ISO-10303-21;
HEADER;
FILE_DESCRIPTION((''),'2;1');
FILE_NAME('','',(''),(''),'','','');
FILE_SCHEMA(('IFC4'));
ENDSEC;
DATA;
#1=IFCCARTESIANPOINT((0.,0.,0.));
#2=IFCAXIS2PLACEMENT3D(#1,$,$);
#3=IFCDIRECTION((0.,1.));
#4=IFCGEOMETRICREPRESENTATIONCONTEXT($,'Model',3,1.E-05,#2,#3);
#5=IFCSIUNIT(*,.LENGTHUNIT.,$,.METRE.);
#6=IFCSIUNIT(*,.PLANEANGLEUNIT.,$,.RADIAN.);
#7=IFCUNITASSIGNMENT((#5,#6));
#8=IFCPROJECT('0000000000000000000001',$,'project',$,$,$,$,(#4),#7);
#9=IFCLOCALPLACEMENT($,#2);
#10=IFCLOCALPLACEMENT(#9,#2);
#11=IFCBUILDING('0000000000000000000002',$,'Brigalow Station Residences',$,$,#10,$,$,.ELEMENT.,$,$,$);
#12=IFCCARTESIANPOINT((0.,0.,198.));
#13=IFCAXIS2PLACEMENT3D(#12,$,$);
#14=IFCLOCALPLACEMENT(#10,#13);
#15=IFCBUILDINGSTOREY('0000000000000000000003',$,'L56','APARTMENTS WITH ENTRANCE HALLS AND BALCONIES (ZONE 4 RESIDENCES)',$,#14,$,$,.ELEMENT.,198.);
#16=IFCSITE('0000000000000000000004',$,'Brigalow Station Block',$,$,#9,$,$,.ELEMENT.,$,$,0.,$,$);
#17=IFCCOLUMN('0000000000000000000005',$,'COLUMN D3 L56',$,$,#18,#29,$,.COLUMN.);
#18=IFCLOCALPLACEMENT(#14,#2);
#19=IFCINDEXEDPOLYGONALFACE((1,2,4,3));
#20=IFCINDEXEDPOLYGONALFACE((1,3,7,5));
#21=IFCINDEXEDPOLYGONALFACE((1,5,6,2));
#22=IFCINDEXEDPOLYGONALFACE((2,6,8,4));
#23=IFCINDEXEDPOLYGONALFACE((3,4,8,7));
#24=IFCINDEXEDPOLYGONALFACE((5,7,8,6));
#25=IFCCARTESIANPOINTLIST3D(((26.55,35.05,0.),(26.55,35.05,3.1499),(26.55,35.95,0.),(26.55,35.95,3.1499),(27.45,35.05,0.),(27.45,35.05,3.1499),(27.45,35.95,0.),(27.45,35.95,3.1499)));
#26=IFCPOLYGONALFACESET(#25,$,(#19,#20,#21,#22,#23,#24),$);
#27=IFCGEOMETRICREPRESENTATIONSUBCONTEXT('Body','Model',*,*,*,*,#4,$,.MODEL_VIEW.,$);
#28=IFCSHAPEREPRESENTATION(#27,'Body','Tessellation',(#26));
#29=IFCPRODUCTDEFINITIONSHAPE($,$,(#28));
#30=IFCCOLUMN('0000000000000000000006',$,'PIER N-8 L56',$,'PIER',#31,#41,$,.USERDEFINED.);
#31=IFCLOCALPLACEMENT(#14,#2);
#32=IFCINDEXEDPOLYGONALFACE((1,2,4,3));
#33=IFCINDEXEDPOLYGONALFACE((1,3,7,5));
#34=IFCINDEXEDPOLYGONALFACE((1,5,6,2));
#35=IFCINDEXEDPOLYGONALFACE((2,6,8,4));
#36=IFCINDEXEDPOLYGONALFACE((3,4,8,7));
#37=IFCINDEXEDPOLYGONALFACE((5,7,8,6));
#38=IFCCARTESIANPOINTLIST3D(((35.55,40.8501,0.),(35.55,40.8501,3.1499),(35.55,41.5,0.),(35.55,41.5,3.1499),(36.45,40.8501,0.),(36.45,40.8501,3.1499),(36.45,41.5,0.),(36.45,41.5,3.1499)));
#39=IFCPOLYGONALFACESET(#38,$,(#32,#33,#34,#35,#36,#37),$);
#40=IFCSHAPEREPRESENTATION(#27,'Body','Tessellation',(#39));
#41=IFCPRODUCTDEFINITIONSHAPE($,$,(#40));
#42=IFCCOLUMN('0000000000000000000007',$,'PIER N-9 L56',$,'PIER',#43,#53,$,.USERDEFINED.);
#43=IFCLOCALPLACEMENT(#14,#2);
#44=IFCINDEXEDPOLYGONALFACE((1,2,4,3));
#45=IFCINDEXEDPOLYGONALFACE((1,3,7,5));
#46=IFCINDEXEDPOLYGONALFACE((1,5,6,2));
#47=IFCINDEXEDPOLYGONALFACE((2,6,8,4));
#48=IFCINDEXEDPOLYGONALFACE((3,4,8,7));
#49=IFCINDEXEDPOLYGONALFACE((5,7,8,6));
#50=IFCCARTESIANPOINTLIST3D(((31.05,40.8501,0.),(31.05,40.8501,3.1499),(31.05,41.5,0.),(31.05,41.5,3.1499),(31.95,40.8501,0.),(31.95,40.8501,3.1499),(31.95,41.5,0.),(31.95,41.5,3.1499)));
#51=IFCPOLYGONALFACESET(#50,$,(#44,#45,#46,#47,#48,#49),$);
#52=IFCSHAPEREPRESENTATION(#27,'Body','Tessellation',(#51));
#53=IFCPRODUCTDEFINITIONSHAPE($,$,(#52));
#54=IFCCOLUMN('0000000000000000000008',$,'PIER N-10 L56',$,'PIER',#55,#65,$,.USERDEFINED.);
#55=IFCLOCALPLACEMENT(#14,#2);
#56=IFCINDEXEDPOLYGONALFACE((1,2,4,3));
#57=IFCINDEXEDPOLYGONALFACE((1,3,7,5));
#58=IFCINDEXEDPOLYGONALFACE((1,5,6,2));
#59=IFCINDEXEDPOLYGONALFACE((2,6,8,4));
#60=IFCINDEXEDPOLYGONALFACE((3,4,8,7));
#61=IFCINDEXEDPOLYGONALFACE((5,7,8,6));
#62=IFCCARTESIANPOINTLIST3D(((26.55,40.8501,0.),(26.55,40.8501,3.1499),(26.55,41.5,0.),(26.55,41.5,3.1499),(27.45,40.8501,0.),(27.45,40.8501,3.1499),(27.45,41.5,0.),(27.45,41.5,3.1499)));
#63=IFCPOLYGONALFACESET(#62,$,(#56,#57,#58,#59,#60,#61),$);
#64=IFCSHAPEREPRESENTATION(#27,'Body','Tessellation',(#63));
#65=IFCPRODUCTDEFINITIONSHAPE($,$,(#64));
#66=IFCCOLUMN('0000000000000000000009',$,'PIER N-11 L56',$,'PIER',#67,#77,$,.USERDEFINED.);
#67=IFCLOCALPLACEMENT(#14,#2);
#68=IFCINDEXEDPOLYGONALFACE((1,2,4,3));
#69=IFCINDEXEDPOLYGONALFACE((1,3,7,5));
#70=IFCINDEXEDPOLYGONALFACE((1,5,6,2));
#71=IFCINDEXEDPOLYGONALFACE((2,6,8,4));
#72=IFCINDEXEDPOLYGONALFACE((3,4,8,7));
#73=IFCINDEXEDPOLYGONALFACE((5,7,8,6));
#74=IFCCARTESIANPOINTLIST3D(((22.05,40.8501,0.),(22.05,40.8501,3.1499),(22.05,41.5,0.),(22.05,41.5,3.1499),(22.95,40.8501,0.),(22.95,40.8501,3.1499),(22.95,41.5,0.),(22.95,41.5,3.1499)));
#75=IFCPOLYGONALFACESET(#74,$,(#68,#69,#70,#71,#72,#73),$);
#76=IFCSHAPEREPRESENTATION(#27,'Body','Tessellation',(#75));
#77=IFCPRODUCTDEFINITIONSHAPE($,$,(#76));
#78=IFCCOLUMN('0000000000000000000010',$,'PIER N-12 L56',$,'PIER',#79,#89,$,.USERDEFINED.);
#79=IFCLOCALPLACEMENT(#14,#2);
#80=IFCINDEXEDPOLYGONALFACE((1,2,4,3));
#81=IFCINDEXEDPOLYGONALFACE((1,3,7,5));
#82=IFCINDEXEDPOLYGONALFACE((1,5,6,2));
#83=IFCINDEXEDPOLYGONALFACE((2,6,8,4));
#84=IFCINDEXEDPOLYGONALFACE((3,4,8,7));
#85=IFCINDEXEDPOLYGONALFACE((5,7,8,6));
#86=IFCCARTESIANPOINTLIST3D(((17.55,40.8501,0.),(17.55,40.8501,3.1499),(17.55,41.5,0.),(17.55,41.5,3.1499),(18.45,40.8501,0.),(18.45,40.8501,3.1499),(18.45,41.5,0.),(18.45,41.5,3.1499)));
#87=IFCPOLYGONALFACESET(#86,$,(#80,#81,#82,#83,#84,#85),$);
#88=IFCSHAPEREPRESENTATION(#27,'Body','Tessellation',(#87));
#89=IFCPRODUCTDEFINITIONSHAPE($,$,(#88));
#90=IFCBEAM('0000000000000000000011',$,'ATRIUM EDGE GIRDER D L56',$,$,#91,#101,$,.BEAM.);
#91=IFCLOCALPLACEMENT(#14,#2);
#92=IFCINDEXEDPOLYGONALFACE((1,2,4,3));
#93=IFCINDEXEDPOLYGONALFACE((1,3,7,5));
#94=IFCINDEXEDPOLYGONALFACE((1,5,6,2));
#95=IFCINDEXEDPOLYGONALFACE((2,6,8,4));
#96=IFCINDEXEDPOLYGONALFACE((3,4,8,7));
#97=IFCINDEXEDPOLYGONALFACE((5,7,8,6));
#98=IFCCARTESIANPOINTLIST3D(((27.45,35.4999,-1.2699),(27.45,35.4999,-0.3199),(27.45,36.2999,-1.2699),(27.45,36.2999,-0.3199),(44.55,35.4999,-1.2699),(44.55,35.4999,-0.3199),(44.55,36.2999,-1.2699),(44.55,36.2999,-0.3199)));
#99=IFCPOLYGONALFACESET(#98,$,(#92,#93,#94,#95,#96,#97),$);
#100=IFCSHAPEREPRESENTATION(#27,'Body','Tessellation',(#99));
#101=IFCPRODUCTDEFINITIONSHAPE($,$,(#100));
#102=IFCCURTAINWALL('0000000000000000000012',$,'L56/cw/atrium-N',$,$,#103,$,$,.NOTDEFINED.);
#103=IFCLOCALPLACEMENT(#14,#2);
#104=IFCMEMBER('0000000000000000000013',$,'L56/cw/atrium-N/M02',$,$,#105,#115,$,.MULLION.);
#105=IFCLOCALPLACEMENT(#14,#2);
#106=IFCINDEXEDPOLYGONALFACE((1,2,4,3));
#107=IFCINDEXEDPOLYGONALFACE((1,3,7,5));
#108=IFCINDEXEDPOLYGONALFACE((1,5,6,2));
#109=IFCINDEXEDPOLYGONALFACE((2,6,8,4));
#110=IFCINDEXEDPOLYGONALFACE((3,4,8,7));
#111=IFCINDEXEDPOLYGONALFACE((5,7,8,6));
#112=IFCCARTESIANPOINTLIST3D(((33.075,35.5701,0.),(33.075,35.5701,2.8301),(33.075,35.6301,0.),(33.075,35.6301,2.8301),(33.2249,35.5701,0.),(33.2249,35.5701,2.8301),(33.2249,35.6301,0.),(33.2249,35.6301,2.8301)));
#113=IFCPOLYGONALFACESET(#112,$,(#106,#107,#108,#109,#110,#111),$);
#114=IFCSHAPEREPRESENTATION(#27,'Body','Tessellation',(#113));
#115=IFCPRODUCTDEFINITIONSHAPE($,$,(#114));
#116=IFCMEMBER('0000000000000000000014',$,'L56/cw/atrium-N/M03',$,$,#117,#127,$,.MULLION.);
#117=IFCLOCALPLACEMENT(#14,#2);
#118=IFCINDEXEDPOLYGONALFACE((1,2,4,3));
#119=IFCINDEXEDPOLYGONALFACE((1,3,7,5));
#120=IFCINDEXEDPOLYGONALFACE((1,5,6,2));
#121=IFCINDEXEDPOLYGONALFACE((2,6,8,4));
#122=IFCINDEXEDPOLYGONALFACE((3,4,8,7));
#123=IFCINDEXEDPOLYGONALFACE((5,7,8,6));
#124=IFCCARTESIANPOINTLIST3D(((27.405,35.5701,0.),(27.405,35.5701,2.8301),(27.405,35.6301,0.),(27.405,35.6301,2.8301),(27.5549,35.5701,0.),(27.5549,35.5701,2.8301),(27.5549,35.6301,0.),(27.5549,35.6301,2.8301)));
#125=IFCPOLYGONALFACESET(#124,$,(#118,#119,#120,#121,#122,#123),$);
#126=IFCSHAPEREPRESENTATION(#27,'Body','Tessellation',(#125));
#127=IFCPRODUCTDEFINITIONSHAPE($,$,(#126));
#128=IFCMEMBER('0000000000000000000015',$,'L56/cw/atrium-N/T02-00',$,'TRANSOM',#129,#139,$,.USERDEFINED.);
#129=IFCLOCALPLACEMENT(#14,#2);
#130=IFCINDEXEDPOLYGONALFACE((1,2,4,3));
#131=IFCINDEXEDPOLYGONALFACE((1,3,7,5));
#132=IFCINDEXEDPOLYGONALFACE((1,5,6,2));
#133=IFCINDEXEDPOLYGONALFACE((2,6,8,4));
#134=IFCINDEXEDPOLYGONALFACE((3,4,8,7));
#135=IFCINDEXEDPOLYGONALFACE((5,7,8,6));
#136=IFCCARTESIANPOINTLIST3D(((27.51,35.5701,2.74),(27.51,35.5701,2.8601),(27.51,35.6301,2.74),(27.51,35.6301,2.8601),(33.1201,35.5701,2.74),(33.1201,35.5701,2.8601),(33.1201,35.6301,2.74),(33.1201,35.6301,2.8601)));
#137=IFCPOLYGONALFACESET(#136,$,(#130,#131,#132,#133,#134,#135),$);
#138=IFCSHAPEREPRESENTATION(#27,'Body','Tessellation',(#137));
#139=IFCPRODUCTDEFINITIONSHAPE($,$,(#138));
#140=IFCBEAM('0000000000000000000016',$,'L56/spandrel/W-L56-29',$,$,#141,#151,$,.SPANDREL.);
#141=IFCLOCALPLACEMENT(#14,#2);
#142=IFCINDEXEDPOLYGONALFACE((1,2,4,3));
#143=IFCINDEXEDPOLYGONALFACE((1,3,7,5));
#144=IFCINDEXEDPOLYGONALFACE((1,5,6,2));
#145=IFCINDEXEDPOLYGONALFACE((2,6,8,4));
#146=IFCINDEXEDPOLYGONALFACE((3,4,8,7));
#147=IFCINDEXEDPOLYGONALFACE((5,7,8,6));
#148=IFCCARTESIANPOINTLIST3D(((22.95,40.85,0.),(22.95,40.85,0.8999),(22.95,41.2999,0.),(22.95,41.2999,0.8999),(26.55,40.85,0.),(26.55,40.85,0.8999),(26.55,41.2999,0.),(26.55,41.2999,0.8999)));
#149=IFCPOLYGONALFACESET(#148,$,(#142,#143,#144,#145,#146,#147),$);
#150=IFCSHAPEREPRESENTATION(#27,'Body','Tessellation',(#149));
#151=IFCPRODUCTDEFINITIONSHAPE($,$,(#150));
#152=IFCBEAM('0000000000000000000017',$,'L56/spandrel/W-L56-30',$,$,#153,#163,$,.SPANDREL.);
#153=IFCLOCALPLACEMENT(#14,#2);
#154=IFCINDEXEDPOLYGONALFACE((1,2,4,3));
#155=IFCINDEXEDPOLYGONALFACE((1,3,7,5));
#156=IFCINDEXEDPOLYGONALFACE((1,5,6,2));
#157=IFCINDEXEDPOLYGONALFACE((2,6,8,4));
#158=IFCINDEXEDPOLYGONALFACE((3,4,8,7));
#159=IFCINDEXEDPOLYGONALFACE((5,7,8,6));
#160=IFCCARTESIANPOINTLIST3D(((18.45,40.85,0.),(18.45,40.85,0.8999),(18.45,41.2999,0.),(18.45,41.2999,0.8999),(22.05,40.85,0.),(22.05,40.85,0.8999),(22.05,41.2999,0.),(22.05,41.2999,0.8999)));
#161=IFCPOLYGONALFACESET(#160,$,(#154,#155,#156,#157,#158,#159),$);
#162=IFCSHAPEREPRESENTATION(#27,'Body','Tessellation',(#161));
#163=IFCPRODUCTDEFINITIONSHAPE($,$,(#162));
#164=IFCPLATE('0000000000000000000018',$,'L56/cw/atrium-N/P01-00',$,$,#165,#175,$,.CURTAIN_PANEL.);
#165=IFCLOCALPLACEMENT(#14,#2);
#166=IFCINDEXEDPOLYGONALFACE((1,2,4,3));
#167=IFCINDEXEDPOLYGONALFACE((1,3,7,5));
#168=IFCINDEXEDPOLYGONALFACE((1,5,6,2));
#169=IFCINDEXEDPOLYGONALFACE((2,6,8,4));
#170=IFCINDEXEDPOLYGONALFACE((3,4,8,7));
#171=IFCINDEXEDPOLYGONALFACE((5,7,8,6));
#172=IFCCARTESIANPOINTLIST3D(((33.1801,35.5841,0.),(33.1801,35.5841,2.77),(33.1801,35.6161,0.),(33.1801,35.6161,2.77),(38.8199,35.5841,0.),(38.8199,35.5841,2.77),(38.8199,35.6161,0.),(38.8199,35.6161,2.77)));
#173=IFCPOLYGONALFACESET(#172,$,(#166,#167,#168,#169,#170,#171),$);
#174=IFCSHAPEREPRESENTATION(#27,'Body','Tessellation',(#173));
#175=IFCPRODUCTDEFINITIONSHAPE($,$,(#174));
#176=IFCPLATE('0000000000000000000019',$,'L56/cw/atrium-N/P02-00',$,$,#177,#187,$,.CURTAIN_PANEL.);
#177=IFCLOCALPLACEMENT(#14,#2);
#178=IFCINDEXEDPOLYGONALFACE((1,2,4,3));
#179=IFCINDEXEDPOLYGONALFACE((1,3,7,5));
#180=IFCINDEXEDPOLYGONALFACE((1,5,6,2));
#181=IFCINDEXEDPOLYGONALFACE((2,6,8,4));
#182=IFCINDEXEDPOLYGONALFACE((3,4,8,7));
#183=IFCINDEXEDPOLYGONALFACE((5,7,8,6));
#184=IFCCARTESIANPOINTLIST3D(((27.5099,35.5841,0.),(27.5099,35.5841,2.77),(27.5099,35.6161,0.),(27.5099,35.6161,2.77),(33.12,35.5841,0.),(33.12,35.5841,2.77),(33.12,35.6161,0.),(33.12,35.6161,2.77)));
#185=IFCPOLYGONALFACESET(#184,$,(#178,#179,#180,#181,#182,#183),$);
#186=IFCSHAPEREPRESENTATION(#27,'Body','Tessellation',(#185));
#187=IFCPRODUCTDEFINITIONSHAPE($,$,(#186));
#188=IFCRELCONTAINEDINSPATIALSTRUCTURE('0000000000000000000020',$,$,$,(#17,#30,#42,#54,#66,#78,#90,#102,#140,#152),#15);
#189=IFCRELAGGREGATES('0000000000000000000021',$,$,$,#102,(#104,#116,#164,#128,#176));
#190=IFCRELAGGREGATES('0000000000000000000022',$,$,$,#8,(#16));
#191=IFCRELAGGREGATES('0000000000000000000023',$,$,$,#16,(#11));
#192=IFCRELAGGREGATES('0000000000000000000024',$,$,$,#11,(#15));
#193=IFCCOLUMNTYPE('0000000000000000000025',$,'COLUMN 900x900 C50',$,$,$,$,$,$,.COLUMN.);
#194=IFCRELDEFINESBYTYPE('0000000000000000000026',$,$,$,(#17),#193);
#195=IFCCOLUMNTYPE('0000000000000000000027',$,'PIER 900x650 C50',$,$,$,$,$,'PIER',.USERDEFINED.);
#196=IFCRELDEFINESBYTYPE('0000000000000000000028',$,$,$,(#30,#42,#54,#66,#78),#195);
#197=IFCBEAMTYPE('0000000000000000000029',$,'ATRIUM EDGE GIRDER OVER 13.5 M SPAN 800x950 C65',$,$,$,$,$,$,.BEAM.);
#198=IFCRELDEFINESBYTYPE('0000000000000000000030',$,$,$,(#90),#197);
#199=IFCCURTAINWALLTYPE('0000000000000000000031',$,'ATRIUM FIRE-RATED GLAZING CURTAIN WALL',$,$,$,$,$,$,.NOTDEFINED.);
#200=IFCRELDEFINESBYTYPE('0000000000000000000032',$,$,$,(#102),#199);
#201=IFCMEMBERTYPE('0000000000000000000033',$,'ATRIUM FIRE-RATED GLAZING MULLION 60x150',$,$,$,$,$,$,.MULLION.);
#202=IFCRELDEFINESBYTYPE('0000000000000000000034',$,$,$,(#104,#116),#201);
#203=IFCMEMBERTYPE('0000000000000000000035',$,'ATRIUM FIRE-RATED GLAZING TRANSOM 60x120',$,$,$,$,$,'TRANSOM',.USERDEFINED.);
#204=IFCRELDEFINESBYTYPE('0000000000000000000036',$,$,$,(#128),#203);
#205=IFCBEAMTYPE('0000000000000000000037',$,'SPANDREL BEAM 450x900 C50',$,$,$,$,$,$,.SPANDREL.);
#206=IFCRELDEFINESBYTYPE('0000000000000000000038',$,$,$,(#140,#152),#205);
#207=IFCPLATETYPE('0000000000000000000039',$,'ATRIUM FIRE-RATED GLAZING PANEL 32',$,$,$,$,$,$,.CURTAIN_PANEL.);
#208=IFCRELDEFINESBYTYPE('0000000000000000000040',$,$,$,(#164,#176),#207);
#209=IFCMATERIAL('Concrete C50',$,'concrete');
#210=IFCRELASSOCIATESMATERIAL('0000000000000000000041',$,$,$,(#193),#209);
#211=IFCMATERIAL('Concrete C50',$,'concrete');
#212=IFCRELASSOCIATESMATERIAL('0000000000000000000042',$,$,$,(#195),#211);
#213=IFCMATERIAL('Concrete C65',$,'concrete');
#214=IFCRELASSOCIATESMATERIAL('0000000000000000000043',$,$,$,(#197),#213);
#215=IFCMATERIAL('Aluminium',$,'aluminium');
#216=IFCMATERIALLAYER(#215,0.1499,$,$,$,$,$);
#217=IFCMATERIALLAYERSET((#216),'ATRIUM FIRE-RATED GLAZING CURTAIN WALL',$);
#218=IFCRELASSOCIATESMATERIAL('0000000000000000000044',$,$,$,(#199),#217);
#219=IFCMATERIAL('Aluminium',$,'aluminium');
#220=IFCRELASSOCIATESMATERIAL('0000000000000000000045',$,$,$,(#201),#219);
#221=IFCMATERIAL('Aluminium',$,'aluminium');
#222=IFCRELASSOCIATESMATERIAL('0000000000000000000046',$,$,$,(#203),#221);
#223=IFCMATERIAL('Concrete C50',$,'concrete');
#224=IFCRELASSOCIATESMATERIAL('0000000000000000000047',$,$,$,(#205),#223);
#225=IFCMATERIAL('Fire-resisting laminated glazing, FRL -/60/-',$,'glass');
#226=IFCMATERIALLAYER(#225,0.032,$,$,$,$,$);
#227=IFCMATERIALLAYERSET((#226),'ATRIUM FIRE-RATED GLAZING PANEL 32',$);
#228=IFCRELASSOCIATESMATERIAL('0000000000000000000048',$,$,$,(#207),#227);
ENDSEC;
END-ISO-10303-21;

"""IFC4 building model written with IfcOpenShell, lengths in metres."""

from ifc_helpers import new_model, si_unit, direction, frame, origin, origin_2d, place, context, subcontext, project, spatial, rectangle, extrude, material, layer, layer_set, material_profile, profile_set, type_object, element, aggregate, save


model = new_model("IFC4")

# Units and contexts
model_context = context("Model", 3, precision=1e-05, world=origin(), true_north=direction((0.0, 1.0)))
body_context = subcontext(model_context, "Body", "Model", "MODEL_VIEW")
ifc_project = project(units=[si_unit("LENGTHUNIT", "METRE"), si_unit("PLANEANGLEUNIT", "RADIAN")], contexts=[model_context])

# Site, building, storey
site_placement = place(None, origin())
site = spatial("IfcSite", under=ifc_project, at=site_placement, Name="Brigalow Station Block", CompositionType="ELEMENT", RefElevation=0.0)
building_placement = place(site_placement, origin())
building = spatial("IfcBuilding", under=site, at=building_placement, Name="Brigalow Station Residences", CompositionType="ELEMENT")
storey_placement = place(building_placement, frame((0.0, 0.0, 198.0)))
storey = spatial("IfcBuildingStorey", under=building, at=storey_placement, Name="L56", Description="APARTMENTS WITH ENTRANCE HALLS AND BALCONIES (ZONE 4 RESIDENCES)", CompositionType="ELEMENT", Elevation=198.0)

# Columns
ifc_material_1 = material(Name="Concrete C50", Category="concrete")
ifc_material_profile_1 = material_profile(ifc_material_1, rectangle(XDim=0.8999, YDim=0.8999, at=origin_2d()), Name="RC900x900")
ifc_profile_set_1 = profile_set([ifc_material_profile_1], Name="Concrete C50")
column_type_1 = type_object("IfcColumnType", Name="COLUMN 900x900 C50", PredefinedType="COLUMN", material=ifc_profile_set_1)
column_placement = place(storey_placement, frame((27.0, 35.5, 0.0), z_axis=(0.0, 0.0, 1.0), x_axis=(1.0, 0.0, 0.0)))
element("IfcColumn", 1, at=column_placement, inside=storey, type_object=column_type_1, Name="COLUMN D3 L56", PredefinedType="COLUMN", context=body_context, shape_type="SweptSolid", body=[
    extrude(rectangle(XDim=0.8999, YDim=0.8999, at=origin_2d()), origin(), (0.0, 0.0, 1.0), 3.1499),
])
ifc_material_2 = material(Name="Concrete C50", Category="concrete")
ifc_material_profile_2 = material_profile(ifc_material_2, rectangle(XDim=0.8999, YDim=0.6499, at=origin_2d()), Name="RC900x650")
ifc_profile_set_2 = profile_set([ifc_material_profile_2], Name="Concrete C50")
column_type_2 = type_object("IfcColumnType", Name="PIER 900x650 C50", ElementType="PIER", PredefinedType="USERDEFINED", material=ifc_profile_set_2)
for number, where, z_axis, x_axis, name in (
    (2, (36.0, 41.175, 0.0), (0.0, 0.0, 1.0), (-1.0, 0.0, 0.0), "PIER N-8 L56"),
    (3, (31.5, 41.175, 0.0), (0.0, 0.0, 1.0), (-1.0, 0.0, 0.0), "PIER N-9 L56"),
    (4, (27.0, 41.175, 0.0), (0.0, 0.0, 1.0), (-1.0, 0.0, 0.0), "PIER N-10 L56"),
    (5, (22.5, 41.175, 0.0), (0.0, 0.0, 1.0), (-1.0, 0.0, 0.0), "PIER N-11 L56"),
    (6, (18.0, 41.175, 0.0), (0.0, 0.0, 1.0), (-1.0, 0.0, 0.0), "PIER N-12 L56"),
):
    element("IfcColumn", number, at=place(storey_placement, frame(where, z_axis=z_axis, x_axis=x_axis)), inside=storey, type_object=column_type_2, Name=name, ObjectType="PIER", PredefinedType="USERDEFINED", context=body_context, shape_type="SweptSolid", body=[
        extrude(rectangle(XDim=0.8999, YDim=0.6499, at=origin_2d()), origin(), (0.0, 0.0, 1.0), 3.1499),
    ])

# Beam
ifc_material_3 = material(Name="Concrete C65", Category="concrete")
ifc_material_profile_3 = material_profile(ifc_material_3, rectangle(XDim=0.8, YDim=0.95, at=origin_2d()), Name="RC800x950")
ifc_profile_set_3 = profile_set([ifc_material_profile_3], Name="Concrete C65")
beam_type_1 = type_object("IfcBeamType", Name="ATRIUM EDGE GIRDER OVER 13.5 M SPAN 800x950 C65", PredefinedType="BEAM", material=ifc_profile_set_3)
beam_placement = place(storey_placement, frame((27.45, 35.8999, -0.7949), z_axis=(1.0, 0.0, 0.0), x_axis=(0.0, 1.0, 0.0)))
element("IfcBeam", 7, at=beam_placement, inside=storey, type_object=beam_type_1, Name="ATRIUM EDGE GIRDER D L56", PredefinedType="BEAM", context=body_context, shape_type="SweptSolid", body=[
    extrude(rectangle(XDim=0.8, YDim=0.95, at=origin_2d()), origin(), (0.0, 0.0, 1.0), 17.1001),
])

# Curtain wall, members
ifc_material_4 = material(Name="Aluminium", Category="aluminium")
ifc_layer_1 = layer(ifc_material_4, 0.1499)
ifc_layer_set_1 = layer_set([ifc_layer_1], Name="ATRIUM FIRE-RATED GLAZING CURTAIN WALL")
curtain_wall_type = type_object("IfcCurtainWallType", Name="ATRIUM FIRE-RATED GLAZING CURTAIN WALL", PredefinedType="NOTDEFINED", material=ifc_layer_set_1)
curtain_wall_placement = place(storey_placement, origin())
curtain_wall = element("IfcCurtainWall", 8, at=curtain_wall_placement, inside=storey, type_object=curtain_wall_type, Name="L56/cw/atrium-N", PredefinedType="NOTDEFINED")
ifc_material_5 = material(Name="Aluminium", Category="aluminium")
ifc_material_profile_4 = material_profile(ifc_material_5, rectangle(XDim=0.0601, YDim=0.1499, at=origin_2d()), Name="ATRIUM FIRE-RATED GLAZING MULLION 60x150")
ifc_profile_set_4 = profile_set([ifc_material_profile_4], Name="Aluminium")
member_type_1 = type_object("IfcMemberType", Name="ATRIUM FIRE-RATED GLAZING MULLION 60x150", PredefinedType="MULLION", material=ifc_profile_set_4)
member_1_placement = place(storey_placement, frame((33.1499, 35.6001, 0.0), z_axis=(0.0, 0.0, 1.0), x_axis=(0.0, -1.0, 0.0)))
member_1 = element("IfcMember", 9, at=member_1_placement, type_object=member_type_1, Name="L56/cw/atrium-N/M02", PredefinedType="MULLION", context=body_context, shape_type="SweptSolid", body=[
    extrude(rectangle(XDim=0.0601, YDim=0.1499, at=origin_2d()), origin(), (0.0, 0.0, 1.0), 2.8301),
])
member_2_placement = place(storey_placement, frame((27.48, 35.6001, 0.0), z_axis=(0.0, 0.0, 1.0), x_axis=(0.0, -1.0, 0.0)))
member_2 = element("IfcMember", 10, at=member_2_placement, type_object=member_type_1, Name="L56/cw/atrium-N/M03", PredefinedType="MULLION", context=body_context, shape_type="SweptSolid", body=[
    extrude(rectangle(XDim=0.0601, YDim=0.1499, at=origin_2d()), origin(), (0.0, 0.0, 1.0), 2.8301),
])
ifc_material_6 = material(Name="Aluminium", Category="aluminium")
ifc_material_profile_5 = material_profile(ifc_material_6, rectangle(XDim=0.0601, YDim=0.1201, at=origin_2d()), Name="ATRIUM FIRE-RATED GLAZING TRANSOM 60x120")
ifc_profile_set_5 = profile_set([ifc_material_profile_5], Name="Aluminium")
member_type_2 = type_object("IfcMemberType", Name="ATRIUM FIRE-RATED GLAZING TRANSOM 60x120", ElementType="TRANSOM", PredefinedType="USERDEFINED", material=ifc_profile_set_5)
member_3_placement = place(storey_placement, frame((33.1201, 35.6001, 2.8), z_axis=(-1.0, 0.0, 0.0), x_axis=(0.0, -1.0, 0.0)))
member_3 = element("IfcMember", 11, at=member_3_placement, type_object=member_type_2, Name="L56/cw/atrium-N/T02-00", ObjectType="TRANSOM", PredefinedType="USERDEFINED", context=body_context, shape_type="SweptSolid", body=[
    extrude(rectangle(XDim=0.0601, YDim=0.1201, at=origin_2d()), origin(), (0.0, 0.0, 1.0), 5.6101),
])

# Beams
ifc_material_7 = material(Name="Concrete C50", Category="concrete")
ifc_material_profile_6 = material_profile(ifc_material_7, rectangle(XDim=0.45, YDim=0.8999, at=origin_2d()), Name="RC450x900")
ifc_profile_set_6 = profile_set([ifc_material_profile_6], Name="Concrete C50")
beam_type_2 = type_object("IfcBeamType", Name="SPANDREL BEAM 450x900 C50", PredefinedType="SPANDREL", material=ifc_profile_set_6)
for number, where, z_axis, x_axis, name in (
    (12, (26.55, 41.075, 0.45), (-1.0, 0.0, 0.0), (0.0, -1.0, 0.0), "L56/spandrel/W-L56-29"),
    (13, (22.05, 41.075, 0.45), (-1.0, 0.0, 0.0), (0.0, -1.0, 0.0), "L56/spandrel/W-L56-30"),
):
    element("IfcBeam", number, at=place(storey_placement, frame(where, z_axis=z_axis, x_axis=x_axis)), inside=storey, type_object=beam_type_2, Name=name, PredefinedType="SPANDREL", context=body_context, shape_type="SweptSolid", body=[
        extrude(rectangle(XDim=0.45, YDim=0.8999, at=origin_2d()), origin(), (0.0, 0.0, 1.0), 3.6001),
    ])

# Plates
ifc_material_8 = material(Name="Fire-resisting laminated glazing, FRL -/60/-", Category="glass")
ifc_layer_2 = layer(ifc_material_8, 0.032)
ifc_layer_set_2 = layer_set([ifc_layer_2], Name="ATRIUM FIRE-RATED GLAZING PANEL 32")
plate_type = type_object("IfcPlateType", Name="ATRIUM FIRE-RATED GLAZING PANEL 32", PredefinedType="CURTAIN_PANEL", material=ifc_layer_set_2)
plate_1_placement = place(storey_placement, frame((36.0, 35.6001, 0.0), z_axis=(0.0, 0.0, 1.0), x_axis=(-1.0, 0.0, 0.0)))
plate_1 = element("IfcPlate", 14, at=plate_1_placement, type_object=plate_type, Name="L56/cw/atrium-N/P01-00", PredefinedType="CURTAIN_PANEL", context=body_context, shape_type="SweptSolid", body=[
    extrude(rectangle(XDim=5.6399, YDim=0.032, at=origin_2d()), origin(), (0.0, 0.0, 1.0), 2.77),
])
plate_2_placement = place(storey_placement, frame((30.3149, 35.6001, 0.0), z_axis=(0.0, 0.0, 1.0), x_axis=(-1.0, 0.0, 0.0)))
plate_2 = element("IfcPlate", 15, at=plate_2_placement, type_object=plate_type, Name="L56/cw/atrium-N/P02-00", PredefinedType="CURTAIN_PANEL", context=body_context, shape_type="SweptSolid", body=[
    extrude(rectangle(XDim=5.6101, YDim=0.032, at=origin_2d()), origin(), (0.0, 0.0, 1.0), 2.77),
])
aggregate(curtain_wall, [member_1, member_2, plate_1, member_3, plate_2])

save(model, "model.ifc")
